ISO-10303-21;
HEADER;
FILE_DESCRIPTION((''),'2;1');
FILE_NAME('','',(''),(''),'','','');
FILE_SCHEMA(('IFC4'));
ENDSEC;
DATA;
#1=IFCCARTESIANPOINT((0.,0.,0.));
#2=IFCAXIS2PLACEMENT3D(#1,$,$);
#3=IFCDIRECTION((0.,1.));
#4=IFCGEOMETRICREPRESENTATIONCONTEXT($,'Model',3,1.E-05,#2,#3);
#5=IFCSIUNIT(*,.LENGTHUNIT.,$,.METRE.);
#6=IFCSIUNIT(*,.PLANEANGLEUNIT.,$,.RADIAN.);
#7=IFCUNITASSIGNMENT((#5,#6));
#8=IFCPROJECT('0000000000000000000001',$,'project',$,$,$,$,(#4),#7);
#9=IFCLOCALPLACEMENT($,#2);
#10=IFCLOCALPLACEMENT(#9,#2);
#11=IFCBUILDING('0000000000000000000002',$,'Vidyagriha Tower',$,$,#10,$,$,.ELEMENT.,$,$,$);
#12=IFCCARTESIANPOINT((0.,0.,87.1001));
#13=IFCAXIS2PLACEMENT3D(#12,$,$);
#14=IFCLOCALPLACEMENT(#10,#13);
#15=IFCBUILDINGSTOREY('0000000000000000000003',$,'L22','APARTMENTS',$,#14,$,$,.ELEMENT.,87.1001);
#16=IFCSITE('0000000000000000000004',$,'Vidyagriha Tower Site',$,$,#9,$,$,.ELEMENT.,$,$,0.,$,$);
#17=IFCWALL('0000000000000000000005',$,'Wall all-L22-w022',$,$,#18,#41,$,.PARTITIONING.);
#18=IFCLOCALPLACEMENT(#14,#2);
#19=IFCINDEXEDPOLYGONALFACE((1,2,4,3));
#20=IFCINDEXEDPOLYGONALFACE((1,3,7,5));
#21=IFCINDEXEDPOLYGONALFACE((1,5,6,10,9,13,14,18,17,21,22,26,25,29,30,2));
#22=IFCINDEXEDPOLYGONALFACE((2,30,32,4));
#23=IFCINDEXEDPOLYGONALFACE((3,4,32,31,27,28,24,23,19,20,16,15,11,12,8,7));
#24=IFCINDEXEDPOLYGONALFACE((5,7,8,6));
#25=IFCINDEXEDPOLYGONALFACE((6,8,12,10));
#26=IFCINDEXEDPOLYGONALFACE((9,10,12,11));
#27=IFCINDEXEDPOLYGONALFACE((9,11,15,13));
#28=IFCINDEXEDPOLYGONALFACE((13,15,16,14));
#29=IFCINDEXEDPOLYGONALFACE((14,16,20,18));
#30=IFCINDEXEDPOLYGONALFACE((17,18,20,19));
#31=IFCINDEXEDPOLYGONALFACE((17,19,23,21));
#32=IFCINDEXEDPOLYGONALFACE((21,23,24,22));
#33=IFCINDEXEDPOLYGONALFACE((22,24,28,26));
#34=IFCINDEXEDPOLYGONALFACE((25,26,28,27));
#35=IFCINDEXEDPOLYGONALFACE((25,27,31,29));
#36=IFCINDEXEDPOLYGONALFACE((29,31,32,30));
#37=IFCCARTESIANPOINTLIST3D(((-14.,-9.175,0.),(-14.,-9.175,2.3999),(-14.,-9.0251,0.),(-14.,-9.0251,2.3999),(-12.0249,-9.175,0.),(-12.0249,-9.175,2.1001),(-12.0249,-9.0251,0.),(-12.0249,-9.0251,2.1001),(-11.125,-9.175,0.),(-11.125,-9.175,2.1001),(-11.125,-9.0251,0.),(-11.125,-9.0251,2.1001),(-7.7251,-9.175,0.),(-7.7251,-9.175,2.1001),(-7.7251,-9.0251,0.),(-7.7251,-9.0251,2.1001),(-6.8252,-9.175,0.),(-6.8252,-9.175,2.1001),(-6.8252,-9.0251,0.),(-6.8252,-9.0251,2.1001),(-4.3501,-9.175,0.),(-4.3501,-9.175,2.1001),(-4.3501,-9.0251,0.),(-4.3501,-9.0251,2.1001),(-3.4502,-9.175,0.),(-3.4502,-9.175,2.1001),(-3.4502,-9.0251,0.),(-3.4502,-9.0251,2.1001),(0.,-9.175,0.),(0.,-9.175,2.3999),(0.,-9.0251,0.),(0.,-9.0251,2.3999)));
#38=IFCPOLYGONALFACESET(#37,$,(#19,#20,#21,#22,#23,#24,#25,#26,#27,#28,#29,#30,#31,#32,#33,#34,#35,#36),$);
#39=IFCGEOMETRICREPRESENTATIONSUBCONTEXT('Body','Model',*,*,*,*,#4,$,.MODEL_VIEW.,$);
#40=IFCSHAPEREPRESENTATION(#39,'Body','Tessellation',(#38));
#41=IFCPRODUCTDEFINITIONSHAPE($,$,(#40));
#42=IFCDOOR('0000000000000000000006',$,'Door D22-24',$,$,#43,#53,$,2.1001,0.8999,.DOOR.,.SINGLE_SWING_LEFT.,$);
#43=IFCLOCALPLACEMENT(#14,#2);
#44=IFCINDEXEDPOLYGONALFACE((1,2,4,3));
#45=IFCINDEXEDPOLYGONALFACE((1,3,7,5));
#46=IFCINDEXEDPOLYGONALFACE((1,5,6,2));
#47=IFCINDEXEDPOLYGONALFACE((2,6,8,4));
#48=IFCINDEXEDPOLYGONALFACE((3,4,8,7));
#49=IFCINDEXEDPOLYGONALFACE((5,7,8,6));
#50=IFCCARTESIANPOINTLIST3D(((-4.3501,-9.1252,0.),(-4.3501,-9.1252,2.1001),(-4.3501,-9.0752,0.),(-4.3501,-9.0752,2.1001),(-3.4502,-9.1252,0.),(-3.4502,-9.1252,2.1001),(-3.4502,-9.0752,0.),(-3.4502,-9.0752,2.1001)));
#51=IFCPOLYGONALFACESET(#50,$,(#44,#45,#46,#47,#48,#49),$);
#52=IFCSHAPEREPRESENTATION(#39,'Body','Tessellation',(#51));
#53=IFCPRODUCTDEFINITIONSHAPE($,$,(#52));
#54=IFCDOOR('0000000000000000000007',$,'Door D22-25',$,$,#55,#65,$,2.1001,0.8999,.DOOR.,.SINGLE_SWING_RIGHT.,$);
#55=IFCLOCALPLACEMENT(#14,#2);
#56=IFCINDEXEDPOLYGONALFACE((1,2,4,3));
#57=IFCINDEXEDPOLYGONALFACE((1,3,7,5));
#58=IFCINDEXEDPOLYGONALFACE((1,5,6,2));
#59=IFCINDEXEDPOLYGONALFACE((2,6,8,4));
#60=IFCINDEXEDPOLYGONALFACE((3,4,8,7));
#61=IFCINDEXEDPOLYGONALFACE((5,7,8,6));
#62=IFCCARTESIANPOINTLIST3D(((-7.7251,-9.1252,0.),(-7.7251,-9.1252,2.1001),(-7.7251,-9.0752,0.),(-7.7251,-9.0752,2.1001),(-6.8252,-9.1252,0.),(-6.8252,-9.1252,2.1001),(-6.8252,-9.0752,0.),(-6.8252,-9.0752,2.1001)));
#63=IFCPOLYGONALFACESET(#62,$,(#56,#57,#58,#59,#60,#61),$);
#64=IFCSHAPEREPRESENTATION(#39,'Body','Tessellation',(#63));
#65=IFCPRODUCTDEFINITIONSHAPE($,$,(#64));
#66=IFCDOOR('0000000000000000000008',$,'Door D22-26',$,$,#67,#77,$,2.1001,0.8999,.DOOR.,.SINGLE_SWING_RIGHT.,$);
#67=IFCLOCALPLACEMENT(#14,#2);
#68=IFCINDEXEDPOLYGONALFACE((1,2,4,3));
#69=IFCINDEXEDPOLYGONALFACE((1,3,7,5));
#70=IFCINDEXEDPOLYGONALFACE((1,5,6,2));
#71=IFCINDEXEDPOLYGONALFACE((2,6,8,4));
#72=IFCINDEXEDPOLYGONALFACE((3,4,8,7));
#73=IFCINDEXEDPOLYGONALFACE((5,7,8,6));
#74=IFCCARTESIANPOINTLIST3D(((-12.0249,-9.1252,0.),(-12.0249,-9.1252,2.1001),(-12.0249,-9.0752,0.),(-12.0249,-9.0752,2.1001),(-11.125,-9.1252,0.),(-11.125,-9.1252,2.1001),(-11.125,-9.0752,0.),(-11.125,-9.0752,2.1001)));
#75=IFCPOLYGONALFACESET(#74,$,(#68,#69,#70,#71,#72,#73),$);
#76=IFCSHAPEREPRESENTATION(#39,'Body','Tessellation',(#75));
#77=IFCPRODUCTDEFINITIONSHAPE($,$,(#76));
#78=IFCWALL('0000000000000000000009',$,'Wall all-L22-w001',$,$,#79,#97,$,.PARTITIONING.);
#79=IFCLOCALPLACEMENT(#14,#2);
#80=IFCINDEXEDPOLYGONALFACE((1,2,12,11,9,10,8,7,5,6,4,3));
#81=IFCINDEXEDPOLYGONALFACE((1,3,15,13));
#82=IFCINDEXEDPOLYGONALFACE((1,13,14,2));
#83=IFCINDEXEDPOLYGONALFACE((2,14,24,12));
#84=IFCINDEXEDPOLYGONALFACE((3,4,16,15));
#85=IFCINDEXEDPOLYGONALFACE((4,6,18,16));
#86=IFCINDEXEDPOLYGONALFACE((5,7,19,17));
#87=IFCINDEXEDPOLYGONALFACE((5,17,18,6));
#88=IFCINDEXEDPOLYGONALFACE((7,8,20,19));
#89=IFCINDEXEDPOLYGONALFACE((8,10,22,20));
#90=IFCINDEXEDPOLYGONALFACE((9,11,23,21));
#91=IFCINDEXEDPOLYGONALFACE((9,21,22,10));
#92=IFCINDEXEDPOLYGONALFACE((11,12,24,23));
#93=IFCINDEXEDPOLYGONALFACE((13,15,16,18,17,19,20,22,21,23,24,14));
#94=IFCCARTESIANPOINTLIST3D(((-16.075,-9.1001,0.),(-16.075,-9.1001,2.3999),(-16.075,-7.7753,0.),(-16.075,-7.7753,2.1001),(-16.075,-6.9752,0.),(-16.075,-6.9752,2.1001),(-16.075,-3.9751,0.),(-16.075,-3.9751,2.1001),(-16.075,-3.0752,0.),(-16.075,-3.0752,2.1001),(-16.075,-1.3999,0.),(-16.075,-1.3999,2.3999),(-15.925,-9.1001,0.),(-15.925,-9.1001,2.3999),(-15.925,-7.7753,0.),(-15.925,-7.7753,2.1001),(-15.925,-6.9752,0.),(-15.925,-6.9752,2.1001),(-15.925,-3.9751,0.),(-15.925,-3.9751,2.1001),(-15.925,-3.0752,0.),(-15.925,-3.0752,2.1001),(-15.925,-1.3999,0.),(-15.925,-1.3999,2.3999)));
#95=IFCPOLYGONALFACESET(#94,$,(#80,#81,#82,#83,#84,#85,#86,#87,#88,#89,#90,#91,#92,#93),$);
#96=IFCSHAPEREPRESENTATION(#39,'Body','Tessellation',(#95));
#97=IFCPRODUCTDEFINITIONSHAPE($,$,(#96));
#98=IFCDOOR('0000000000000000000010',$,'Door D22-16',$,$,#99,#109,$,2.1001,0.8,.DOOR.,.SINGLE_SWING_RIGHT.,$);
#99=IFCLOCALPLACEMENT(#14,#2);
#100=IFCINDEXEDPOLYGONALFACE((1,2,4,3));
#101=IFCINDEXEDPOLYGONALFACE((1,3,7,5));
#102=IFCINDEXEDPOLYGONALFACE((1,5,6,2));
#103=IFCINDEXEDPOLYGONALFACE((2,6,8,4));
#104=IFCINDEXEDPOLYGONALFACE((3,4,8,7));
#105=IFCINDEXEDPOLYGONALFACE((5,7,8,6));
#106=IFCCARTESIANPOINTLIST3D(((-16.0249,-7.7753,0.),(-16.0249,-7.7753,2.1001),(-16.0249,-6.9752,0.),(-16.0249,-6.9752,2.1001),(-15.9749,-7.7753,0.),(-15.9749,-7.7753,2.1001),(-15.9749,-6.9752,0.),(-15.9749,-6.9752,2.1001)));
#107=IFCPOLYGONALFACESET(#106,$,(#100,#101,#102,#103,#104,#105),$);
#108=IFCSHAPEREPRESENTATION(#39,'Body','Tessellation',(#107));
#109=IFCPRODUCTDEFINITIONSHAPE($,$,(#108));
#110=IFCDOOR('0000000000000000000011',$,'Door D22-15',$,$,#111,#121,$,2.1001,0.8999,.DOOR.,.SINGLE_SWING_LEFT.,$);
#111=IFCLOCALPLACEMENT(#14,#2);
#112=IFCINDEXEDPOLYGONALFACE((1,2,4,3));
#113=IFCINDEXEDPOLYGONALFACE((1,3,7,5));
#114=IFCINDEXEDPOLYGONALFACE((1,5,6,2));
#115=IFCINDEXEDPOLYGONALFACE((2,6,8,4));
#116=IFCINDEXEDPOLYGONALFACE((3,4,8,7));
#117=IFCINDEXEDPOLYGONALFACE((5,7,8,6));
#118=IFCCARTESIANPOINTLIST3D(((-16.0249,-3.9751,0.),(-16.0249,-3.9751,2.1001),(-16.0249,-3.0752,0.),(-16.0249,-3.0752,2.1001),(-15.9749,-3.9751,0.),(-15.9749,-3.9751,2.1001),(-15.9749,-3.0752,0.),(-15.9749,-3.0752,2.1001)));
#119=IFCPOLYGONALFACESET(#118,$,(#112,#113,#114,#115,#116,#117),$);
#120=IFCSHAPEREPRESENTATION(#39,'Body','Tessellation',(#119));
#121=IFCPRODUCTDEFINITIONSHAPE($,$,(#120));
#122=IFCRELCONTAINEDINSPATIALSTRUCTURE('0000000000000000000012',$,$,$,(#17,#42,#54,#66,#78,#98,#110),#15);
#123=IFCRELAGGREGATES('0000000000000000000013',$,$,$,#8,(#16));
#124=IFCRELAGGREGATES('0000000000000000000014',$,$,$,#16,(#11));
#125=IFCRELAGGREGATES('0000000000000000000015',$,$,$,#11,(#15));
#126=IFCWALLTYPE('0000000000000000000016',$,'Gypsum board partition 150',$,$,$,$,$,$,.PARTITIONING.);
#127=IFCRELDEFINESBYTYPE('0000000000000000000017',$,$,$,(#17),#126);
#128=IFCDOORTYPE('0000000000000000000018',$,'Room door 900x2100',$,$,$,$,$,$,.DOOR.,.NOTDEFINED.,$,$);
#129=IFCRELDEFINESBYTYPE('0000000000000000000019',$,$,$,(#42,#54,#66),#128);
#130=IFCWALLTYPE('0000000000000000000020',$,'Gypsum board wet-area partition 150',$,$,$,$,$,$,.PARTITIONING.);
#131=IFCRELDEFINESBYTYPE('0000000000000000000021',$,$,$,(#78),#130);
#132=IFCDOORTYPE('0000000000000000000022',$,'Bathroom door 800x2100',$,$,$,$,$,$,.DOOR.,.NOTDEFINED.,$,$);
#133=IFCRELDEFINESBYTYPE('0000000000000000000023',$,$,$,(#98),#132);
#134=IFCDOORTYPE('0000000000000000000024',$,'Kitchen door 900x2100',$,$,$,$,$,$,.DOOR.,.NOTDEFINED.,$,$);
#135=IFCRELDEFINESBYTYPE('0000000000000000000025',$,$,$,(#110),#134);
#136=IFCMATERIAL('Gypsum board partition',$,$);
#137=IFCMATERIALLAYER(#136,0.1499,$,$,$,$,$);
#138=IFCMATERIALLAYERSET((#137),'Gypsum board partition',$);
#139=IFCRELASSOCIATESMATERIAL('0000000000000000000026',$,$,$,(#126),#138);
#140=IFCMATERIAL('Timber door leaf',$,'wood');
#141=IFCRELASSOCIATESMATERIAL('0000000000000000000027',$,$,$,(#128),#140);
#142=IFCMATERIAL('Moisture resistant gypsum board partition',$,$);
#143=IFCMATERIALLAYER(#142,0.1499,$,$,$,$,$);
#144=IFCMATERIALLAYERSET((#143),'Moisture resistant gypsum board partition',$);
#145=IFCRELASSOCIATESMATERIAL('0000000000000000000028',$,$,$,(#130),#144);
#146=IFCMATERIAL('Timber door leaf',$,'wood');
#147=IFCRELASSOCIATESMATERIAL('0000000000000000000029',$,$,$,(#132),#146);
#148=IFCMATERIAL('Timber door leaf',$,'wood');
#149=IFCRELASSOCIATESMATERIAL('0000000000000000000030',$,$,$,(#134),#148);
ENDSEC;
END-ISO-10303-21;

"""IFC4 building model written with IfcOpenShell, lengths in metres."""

from ifc_helpers import new_model, si_unit, direction, frame, frame_2d, origin, place, context, subcontext, project, spatial, rectangle, extrude, material, layer, layer_set, type_object, element, fill, save


model = new_model("IFC4")

# Units and contexts
model_context = context("Model", 3, precision=1e-05, world=origin(), true_north=direction((0.0, 1.0)))
body_context = subcontext(model_context, "Body", "Model", "MODEL_VIEW")
ifc_project = project(units=[si_unit("LENGTHUNIT", "METRE"), si_unit("PLANEANGLEUNIT", "RADIAN")], contexts=[model_context])

# Site, building, storey
site_placement = place(None, origin())
site = spatial("IfcSite", under=ifc_project, at=site_placement, Name="Vidyagriha Tower Site", CompositionType="ELEMENT", RefElevation=0.0)
building_placement = place(site_placement, origin())
building = spatial("IfcBuilding", under=site, at=building_placement, Name="Vidyagriha Tower", CompositionType="ELEMENT")
storey_placement = place(building_placement, frame((0.0, 0.0, 87.1001)))
storey = spatial("IfcBuildingStorey", under=building, at=storey_placement, Name="L22", Description="APARTMENTS", CompositionType="ELEMENT", Elevation=87.1001)

# Shared definitions
ifc_material_1 = material(Name="Gypsum board partition")
ifc_layer_1 = layer(ifc_material_1, 0.1499)
ifc_layer_set_1 = layer_set([ifc_layer_1], Name="Gypsum board partition")
wall_type_1 = type_object("IfcWallType", Name="Gypsum board partition 150", PredefinedType="PARTITIONING", material=ifc_layer_set_1)

# Walls, openings, doors
wall_1_placement = place(storey_placement, frame((-14.0, -9.1001, 0.0)))
wall_1 = element("IfcWall", 1, at=wall_1_placement, inside=storey, type_object=wall_type_1, Name="Wall all-L22-w022", PredefinedType="PARTITIONING", context=body_context, shape_type="SweptSolid", body=[
    extrude(rectangle(XDim=14.0, YDim=0.1499, at=frame_2d((7.0, 0.0))), origin(), (0.0, 0.0, 1.0), 2.3999),
])
opening_1_placement = place(wall_1_placement, frame((9.6499, 0.0, 0.0)))
opening_1 = element("IfcOpeningElement", 2, at=opening_1_placement, cuts=wall_1, PredefinedType="OPENING", context=body_context, shape_type="SweptSolid", body=[
    extrude(rectangle(XDim=0.8999, YDim=2.1001, at=frame_2d((0.45, 1.05))), frame((0.0, 0.085, 0.0), z_axis=(0.0, -1.0, 0.0), x_axis=(1.0, 0.0, 0.0)), (0.0, 0.0, 1.0), 0.1699),
])
opening_2_placement = place(wall_1_placement, frame((6.2749, 0.0, 0.0)))
opening_2 = element("IfcOpeningElement", 3, at=opening_2_placement, cuts=wall_1, PredefinedType="OPENING", context=body_context, shape_type="SweptSolid", body=[
    extrude(rectangle(XDim=0.8999, YDim=2.1001, at=frame_2d((0.45, 1.05))), frame((0.0, 0.085, 0.0), z_axis=(0.0, -1.0, 0.0), x_axis=(1.0, 0.0, 0.0)), (0.0, 0.0, 1.0), 0.1699),
])
opening_3_placement = place(wall_1_placement, frame((1.9751, 0.0, 0.0)))
opening_3 = element("IfcOpeningElement", 4, at=opening_3_placement, cuts=wall_1, PredefinedType="OPENING", context=body_context, shape_type="SweptSolid", body=[
    extrude(rectangle(XDim=0.8999, YDim=2.1001, at=frame_2d((0.45, 1.05))), frame((0.0, 0.085, 0.0), z_axis=(0.0, -1.0, 0.0), x_axis=(1.0, 0.0, 0.0)), (0.0, 0.0, 1.0), 0.1699),
])
ifc_material_2 = material(Name="Timber door leaf", Category="wood")
door_type_1 = type_object("IfcDoorType", Name="Room door 900x2100", OperationType="NOTDEFINED", PredefinedType="DOOR", material=ifc_material_2)
door_1_placement = place(opening_1_placement, origin())
door_1 = element("IfcDoor", 5, at=door_1_placement, inside=storey, type_object=door_type_1, Name="Door D22-24", OperationType="SINGLE_SWING_LEFT", OverallHeight=2.1001, OverallWidth=0.8999, PredefinedType="DOOR", context=body_context, shape_type="SweptSolid", body=[
    extrude(rectangle(XDim=0.8999, YDim=2.1001, at=frame_2d((0.45, 1.05))), frame((0.0, 0.0249, 0.0), z_axis=(0.0, -1.0, 0.0), x_axis=(1.0, 0.0, 0.0)), (0.0, 0.0, 1.0), 0.05),
])
fill(opening_1, door_1)
door_2_placement = place(opening_2_placement, origin())
door_2 = element("IfcDoor", 6, at=door_2_placement, inside=storey, type_object=door_type_1, Name="Door D22-25", OperationType="SINGLE_SWING_RIGHT", OverallHeight=2.1001, OverallWidth=0.8999, PredefinedType="DOOR", context=body_context, shape_type="SweptSolid", body=[
    extrude(rectangle(XDim=0.8999, YDim=2.1001, at=frame_2d((0.45, 1.05))), frame((0.0, 0.0249, 0.0), z_axis=(0.0, -1.0, 0.0), x_axis=(1.0, 0.0, 0.0)), (0.0, 0.0, 1.0), 0.05),
])
fill(opening_2, door_2)
door_3_placement = place(opening_3_placement, origin())
door_3 = element("IfcDoor", 7, at=door_3_placement, inside=storey, type_object=door_type_1, Name="Door D22-26", OperationType="SINGLE_SWING_RIGHT", OverallHeight=2.1001, OverallWidth=0.8999, PredefinedType="DOOR", context=body_context, shape_type="SweptSolid", body=[
    extrude(rectangle(XDim=0.8999, YDim=2.1001, at=frame_2d((0.45, 1.05))), frame((0.0, 0.0249, 0.0), z_axis=(0.0, -1.0, 0.0), x_axis=(1.0, 0.0, 0.0)), (0.0, 0.0, 1.0), 0.05),
])
fill(opening_3, door_3)
ifc_material_3 = material(Name="Moisture resistant gypsum board partition")
ifc_layer_2 = layer(ifc_material_3, 0.1499)
ifc_layer_set_2 = layer_set([ifc_layer_2], Name="Moisture resistant gypsum board partition")
wall_type_2 = type_object("IfcWallType", Name="Gypsum board wet-area partition 150", PredefinedType="PARTITIONING", material=ifc_layer_set_2)
wall_2_placement = place(storey_placement, frame((-16.0, -9.1001, 0.0), z_axis=(0.0, 0.0, 1.0), x_axis=(0.0, 1.0, 0.0)))
wall_2 = element("IfcWall", 8, at=wall_2_placement, inside=storey, type_object=wall_type_2, Name="Wall all-L22-w001", PredefinedType="PARTITIONING", context=body_context, shape_type="SweptSolid", body=[
    extrude(rectangle(XDim=7.7002, YDim=0.1499, at=frame_2d((3.8501, 0.0))), origin(), (0.0, 0.0, 1.0), 2.3999),
])
opening_4_placement = place(wall_2_placement, frame((5.125, 0.0, 0.0)))
opening_4 = element("IfcOpeningElement", 9, at=opening_4_placement, cuts=wall_2, PredefinedType="OPENING", context=body_context, shape_type="SweptSolid", body=[
    extrude(rectangle(XDim=0.8999, YDim=2.1001, at=frame_2d((0.45, 1.05))), frame((0.0, 0.085, 0.0), z_axis=(0.0, -1.0, 0.0), x_axis=(1.0, 0.0, 0.0)), (0.0, 0.0, 1.0), 0.1699),
])
opening_5_placement = place(wall_2_placement, frame((1.325, 0.0, 0.0)))
opening_5 = element("IfcOpeningElement", 10, at=opening_5_placement, cuts=wall_2, PredefinedType="OPENING", context=body_context, shape_type="SweptSolid", body=[
    extrude(rectangle(XDim=0.8, YDim=2.1001, at=frame_2d((0.3999, 1.05))), frame((0.0, 0.085, 0.0), z_axis=(0.0, -1.0, 0.0), x_axis=(1.0, 0.0, 0.0)), (0.0, 0.0, 1.0), 0.1699),
])
ifc_material_4 = material(Name="Timber door leaf", Category="wood")
door_type_2 = type_object("IfcDoorType", Name="Bathroom door 800x2100", OperationType="NOTDEFINED", PredefinedType="DOOR", material=ifc_material_4)
door_4_placement = place(opening_5_placement, origin())
door_4 = element("IfcDoor", 11, at=door_4_placement, inside=storey, type_object=door_type_2, Name="Door D22-16", OperationType="SINGLE_SWING_RIGHT", OverallHeight=2.1001, OverallWidth=0.8, PredefinedType="DOOR", context=body_context, shape_type="SweptSolid", body=[
    extrude(rectangle(XDim=0.8, YDim=2.1001, at=frame_2d((0.3999, 1.05))), frame((0.0, 0.0249, 0.0), z_axis=(0.0, -1.0, 0.0), x_axis=(1.0, 0.0, 0.0)), (0.0, 0.0, 1.0), 0.05),
])
fill(opening_5, door_4)
ifc_material_5 = material(Name="Timber door leaf", Category="wood")
door_type_3 = type_object("IfcDoorType", Name="Kitchen door 900x2100", OperationType="NOTDEFINED", PredefinedType="DOOR", material=ifc_material_5)
door_5_placement = place(opening_4_placement, origin())
door_5 = element("IfcDoor", 12, at=door_5_placement, inside=storey, type_object=door_type_3, Name="Door D22-15", OperationType="SINGLE_SWING_LEFT", OverallHeight=2.1001, OverallWidth=0.8999, PredefinedType="DOOR", context=body_context, shape_type="SweptSolid", body=[
    extrude(rectangle(XDim=0.8999, YDim=2.1001, at=frame_2d((0.45, 1.05))), frame((0.0, 0.0249, 0.0), z_axis=(0.0, -1.0, 0.0), x_axis=(1.0, 0.0, 0.0)), (0.0, 0.0, 1.0), 0.05),
])
fill(opening_4, door_5)

save(model, "model.ifc")
